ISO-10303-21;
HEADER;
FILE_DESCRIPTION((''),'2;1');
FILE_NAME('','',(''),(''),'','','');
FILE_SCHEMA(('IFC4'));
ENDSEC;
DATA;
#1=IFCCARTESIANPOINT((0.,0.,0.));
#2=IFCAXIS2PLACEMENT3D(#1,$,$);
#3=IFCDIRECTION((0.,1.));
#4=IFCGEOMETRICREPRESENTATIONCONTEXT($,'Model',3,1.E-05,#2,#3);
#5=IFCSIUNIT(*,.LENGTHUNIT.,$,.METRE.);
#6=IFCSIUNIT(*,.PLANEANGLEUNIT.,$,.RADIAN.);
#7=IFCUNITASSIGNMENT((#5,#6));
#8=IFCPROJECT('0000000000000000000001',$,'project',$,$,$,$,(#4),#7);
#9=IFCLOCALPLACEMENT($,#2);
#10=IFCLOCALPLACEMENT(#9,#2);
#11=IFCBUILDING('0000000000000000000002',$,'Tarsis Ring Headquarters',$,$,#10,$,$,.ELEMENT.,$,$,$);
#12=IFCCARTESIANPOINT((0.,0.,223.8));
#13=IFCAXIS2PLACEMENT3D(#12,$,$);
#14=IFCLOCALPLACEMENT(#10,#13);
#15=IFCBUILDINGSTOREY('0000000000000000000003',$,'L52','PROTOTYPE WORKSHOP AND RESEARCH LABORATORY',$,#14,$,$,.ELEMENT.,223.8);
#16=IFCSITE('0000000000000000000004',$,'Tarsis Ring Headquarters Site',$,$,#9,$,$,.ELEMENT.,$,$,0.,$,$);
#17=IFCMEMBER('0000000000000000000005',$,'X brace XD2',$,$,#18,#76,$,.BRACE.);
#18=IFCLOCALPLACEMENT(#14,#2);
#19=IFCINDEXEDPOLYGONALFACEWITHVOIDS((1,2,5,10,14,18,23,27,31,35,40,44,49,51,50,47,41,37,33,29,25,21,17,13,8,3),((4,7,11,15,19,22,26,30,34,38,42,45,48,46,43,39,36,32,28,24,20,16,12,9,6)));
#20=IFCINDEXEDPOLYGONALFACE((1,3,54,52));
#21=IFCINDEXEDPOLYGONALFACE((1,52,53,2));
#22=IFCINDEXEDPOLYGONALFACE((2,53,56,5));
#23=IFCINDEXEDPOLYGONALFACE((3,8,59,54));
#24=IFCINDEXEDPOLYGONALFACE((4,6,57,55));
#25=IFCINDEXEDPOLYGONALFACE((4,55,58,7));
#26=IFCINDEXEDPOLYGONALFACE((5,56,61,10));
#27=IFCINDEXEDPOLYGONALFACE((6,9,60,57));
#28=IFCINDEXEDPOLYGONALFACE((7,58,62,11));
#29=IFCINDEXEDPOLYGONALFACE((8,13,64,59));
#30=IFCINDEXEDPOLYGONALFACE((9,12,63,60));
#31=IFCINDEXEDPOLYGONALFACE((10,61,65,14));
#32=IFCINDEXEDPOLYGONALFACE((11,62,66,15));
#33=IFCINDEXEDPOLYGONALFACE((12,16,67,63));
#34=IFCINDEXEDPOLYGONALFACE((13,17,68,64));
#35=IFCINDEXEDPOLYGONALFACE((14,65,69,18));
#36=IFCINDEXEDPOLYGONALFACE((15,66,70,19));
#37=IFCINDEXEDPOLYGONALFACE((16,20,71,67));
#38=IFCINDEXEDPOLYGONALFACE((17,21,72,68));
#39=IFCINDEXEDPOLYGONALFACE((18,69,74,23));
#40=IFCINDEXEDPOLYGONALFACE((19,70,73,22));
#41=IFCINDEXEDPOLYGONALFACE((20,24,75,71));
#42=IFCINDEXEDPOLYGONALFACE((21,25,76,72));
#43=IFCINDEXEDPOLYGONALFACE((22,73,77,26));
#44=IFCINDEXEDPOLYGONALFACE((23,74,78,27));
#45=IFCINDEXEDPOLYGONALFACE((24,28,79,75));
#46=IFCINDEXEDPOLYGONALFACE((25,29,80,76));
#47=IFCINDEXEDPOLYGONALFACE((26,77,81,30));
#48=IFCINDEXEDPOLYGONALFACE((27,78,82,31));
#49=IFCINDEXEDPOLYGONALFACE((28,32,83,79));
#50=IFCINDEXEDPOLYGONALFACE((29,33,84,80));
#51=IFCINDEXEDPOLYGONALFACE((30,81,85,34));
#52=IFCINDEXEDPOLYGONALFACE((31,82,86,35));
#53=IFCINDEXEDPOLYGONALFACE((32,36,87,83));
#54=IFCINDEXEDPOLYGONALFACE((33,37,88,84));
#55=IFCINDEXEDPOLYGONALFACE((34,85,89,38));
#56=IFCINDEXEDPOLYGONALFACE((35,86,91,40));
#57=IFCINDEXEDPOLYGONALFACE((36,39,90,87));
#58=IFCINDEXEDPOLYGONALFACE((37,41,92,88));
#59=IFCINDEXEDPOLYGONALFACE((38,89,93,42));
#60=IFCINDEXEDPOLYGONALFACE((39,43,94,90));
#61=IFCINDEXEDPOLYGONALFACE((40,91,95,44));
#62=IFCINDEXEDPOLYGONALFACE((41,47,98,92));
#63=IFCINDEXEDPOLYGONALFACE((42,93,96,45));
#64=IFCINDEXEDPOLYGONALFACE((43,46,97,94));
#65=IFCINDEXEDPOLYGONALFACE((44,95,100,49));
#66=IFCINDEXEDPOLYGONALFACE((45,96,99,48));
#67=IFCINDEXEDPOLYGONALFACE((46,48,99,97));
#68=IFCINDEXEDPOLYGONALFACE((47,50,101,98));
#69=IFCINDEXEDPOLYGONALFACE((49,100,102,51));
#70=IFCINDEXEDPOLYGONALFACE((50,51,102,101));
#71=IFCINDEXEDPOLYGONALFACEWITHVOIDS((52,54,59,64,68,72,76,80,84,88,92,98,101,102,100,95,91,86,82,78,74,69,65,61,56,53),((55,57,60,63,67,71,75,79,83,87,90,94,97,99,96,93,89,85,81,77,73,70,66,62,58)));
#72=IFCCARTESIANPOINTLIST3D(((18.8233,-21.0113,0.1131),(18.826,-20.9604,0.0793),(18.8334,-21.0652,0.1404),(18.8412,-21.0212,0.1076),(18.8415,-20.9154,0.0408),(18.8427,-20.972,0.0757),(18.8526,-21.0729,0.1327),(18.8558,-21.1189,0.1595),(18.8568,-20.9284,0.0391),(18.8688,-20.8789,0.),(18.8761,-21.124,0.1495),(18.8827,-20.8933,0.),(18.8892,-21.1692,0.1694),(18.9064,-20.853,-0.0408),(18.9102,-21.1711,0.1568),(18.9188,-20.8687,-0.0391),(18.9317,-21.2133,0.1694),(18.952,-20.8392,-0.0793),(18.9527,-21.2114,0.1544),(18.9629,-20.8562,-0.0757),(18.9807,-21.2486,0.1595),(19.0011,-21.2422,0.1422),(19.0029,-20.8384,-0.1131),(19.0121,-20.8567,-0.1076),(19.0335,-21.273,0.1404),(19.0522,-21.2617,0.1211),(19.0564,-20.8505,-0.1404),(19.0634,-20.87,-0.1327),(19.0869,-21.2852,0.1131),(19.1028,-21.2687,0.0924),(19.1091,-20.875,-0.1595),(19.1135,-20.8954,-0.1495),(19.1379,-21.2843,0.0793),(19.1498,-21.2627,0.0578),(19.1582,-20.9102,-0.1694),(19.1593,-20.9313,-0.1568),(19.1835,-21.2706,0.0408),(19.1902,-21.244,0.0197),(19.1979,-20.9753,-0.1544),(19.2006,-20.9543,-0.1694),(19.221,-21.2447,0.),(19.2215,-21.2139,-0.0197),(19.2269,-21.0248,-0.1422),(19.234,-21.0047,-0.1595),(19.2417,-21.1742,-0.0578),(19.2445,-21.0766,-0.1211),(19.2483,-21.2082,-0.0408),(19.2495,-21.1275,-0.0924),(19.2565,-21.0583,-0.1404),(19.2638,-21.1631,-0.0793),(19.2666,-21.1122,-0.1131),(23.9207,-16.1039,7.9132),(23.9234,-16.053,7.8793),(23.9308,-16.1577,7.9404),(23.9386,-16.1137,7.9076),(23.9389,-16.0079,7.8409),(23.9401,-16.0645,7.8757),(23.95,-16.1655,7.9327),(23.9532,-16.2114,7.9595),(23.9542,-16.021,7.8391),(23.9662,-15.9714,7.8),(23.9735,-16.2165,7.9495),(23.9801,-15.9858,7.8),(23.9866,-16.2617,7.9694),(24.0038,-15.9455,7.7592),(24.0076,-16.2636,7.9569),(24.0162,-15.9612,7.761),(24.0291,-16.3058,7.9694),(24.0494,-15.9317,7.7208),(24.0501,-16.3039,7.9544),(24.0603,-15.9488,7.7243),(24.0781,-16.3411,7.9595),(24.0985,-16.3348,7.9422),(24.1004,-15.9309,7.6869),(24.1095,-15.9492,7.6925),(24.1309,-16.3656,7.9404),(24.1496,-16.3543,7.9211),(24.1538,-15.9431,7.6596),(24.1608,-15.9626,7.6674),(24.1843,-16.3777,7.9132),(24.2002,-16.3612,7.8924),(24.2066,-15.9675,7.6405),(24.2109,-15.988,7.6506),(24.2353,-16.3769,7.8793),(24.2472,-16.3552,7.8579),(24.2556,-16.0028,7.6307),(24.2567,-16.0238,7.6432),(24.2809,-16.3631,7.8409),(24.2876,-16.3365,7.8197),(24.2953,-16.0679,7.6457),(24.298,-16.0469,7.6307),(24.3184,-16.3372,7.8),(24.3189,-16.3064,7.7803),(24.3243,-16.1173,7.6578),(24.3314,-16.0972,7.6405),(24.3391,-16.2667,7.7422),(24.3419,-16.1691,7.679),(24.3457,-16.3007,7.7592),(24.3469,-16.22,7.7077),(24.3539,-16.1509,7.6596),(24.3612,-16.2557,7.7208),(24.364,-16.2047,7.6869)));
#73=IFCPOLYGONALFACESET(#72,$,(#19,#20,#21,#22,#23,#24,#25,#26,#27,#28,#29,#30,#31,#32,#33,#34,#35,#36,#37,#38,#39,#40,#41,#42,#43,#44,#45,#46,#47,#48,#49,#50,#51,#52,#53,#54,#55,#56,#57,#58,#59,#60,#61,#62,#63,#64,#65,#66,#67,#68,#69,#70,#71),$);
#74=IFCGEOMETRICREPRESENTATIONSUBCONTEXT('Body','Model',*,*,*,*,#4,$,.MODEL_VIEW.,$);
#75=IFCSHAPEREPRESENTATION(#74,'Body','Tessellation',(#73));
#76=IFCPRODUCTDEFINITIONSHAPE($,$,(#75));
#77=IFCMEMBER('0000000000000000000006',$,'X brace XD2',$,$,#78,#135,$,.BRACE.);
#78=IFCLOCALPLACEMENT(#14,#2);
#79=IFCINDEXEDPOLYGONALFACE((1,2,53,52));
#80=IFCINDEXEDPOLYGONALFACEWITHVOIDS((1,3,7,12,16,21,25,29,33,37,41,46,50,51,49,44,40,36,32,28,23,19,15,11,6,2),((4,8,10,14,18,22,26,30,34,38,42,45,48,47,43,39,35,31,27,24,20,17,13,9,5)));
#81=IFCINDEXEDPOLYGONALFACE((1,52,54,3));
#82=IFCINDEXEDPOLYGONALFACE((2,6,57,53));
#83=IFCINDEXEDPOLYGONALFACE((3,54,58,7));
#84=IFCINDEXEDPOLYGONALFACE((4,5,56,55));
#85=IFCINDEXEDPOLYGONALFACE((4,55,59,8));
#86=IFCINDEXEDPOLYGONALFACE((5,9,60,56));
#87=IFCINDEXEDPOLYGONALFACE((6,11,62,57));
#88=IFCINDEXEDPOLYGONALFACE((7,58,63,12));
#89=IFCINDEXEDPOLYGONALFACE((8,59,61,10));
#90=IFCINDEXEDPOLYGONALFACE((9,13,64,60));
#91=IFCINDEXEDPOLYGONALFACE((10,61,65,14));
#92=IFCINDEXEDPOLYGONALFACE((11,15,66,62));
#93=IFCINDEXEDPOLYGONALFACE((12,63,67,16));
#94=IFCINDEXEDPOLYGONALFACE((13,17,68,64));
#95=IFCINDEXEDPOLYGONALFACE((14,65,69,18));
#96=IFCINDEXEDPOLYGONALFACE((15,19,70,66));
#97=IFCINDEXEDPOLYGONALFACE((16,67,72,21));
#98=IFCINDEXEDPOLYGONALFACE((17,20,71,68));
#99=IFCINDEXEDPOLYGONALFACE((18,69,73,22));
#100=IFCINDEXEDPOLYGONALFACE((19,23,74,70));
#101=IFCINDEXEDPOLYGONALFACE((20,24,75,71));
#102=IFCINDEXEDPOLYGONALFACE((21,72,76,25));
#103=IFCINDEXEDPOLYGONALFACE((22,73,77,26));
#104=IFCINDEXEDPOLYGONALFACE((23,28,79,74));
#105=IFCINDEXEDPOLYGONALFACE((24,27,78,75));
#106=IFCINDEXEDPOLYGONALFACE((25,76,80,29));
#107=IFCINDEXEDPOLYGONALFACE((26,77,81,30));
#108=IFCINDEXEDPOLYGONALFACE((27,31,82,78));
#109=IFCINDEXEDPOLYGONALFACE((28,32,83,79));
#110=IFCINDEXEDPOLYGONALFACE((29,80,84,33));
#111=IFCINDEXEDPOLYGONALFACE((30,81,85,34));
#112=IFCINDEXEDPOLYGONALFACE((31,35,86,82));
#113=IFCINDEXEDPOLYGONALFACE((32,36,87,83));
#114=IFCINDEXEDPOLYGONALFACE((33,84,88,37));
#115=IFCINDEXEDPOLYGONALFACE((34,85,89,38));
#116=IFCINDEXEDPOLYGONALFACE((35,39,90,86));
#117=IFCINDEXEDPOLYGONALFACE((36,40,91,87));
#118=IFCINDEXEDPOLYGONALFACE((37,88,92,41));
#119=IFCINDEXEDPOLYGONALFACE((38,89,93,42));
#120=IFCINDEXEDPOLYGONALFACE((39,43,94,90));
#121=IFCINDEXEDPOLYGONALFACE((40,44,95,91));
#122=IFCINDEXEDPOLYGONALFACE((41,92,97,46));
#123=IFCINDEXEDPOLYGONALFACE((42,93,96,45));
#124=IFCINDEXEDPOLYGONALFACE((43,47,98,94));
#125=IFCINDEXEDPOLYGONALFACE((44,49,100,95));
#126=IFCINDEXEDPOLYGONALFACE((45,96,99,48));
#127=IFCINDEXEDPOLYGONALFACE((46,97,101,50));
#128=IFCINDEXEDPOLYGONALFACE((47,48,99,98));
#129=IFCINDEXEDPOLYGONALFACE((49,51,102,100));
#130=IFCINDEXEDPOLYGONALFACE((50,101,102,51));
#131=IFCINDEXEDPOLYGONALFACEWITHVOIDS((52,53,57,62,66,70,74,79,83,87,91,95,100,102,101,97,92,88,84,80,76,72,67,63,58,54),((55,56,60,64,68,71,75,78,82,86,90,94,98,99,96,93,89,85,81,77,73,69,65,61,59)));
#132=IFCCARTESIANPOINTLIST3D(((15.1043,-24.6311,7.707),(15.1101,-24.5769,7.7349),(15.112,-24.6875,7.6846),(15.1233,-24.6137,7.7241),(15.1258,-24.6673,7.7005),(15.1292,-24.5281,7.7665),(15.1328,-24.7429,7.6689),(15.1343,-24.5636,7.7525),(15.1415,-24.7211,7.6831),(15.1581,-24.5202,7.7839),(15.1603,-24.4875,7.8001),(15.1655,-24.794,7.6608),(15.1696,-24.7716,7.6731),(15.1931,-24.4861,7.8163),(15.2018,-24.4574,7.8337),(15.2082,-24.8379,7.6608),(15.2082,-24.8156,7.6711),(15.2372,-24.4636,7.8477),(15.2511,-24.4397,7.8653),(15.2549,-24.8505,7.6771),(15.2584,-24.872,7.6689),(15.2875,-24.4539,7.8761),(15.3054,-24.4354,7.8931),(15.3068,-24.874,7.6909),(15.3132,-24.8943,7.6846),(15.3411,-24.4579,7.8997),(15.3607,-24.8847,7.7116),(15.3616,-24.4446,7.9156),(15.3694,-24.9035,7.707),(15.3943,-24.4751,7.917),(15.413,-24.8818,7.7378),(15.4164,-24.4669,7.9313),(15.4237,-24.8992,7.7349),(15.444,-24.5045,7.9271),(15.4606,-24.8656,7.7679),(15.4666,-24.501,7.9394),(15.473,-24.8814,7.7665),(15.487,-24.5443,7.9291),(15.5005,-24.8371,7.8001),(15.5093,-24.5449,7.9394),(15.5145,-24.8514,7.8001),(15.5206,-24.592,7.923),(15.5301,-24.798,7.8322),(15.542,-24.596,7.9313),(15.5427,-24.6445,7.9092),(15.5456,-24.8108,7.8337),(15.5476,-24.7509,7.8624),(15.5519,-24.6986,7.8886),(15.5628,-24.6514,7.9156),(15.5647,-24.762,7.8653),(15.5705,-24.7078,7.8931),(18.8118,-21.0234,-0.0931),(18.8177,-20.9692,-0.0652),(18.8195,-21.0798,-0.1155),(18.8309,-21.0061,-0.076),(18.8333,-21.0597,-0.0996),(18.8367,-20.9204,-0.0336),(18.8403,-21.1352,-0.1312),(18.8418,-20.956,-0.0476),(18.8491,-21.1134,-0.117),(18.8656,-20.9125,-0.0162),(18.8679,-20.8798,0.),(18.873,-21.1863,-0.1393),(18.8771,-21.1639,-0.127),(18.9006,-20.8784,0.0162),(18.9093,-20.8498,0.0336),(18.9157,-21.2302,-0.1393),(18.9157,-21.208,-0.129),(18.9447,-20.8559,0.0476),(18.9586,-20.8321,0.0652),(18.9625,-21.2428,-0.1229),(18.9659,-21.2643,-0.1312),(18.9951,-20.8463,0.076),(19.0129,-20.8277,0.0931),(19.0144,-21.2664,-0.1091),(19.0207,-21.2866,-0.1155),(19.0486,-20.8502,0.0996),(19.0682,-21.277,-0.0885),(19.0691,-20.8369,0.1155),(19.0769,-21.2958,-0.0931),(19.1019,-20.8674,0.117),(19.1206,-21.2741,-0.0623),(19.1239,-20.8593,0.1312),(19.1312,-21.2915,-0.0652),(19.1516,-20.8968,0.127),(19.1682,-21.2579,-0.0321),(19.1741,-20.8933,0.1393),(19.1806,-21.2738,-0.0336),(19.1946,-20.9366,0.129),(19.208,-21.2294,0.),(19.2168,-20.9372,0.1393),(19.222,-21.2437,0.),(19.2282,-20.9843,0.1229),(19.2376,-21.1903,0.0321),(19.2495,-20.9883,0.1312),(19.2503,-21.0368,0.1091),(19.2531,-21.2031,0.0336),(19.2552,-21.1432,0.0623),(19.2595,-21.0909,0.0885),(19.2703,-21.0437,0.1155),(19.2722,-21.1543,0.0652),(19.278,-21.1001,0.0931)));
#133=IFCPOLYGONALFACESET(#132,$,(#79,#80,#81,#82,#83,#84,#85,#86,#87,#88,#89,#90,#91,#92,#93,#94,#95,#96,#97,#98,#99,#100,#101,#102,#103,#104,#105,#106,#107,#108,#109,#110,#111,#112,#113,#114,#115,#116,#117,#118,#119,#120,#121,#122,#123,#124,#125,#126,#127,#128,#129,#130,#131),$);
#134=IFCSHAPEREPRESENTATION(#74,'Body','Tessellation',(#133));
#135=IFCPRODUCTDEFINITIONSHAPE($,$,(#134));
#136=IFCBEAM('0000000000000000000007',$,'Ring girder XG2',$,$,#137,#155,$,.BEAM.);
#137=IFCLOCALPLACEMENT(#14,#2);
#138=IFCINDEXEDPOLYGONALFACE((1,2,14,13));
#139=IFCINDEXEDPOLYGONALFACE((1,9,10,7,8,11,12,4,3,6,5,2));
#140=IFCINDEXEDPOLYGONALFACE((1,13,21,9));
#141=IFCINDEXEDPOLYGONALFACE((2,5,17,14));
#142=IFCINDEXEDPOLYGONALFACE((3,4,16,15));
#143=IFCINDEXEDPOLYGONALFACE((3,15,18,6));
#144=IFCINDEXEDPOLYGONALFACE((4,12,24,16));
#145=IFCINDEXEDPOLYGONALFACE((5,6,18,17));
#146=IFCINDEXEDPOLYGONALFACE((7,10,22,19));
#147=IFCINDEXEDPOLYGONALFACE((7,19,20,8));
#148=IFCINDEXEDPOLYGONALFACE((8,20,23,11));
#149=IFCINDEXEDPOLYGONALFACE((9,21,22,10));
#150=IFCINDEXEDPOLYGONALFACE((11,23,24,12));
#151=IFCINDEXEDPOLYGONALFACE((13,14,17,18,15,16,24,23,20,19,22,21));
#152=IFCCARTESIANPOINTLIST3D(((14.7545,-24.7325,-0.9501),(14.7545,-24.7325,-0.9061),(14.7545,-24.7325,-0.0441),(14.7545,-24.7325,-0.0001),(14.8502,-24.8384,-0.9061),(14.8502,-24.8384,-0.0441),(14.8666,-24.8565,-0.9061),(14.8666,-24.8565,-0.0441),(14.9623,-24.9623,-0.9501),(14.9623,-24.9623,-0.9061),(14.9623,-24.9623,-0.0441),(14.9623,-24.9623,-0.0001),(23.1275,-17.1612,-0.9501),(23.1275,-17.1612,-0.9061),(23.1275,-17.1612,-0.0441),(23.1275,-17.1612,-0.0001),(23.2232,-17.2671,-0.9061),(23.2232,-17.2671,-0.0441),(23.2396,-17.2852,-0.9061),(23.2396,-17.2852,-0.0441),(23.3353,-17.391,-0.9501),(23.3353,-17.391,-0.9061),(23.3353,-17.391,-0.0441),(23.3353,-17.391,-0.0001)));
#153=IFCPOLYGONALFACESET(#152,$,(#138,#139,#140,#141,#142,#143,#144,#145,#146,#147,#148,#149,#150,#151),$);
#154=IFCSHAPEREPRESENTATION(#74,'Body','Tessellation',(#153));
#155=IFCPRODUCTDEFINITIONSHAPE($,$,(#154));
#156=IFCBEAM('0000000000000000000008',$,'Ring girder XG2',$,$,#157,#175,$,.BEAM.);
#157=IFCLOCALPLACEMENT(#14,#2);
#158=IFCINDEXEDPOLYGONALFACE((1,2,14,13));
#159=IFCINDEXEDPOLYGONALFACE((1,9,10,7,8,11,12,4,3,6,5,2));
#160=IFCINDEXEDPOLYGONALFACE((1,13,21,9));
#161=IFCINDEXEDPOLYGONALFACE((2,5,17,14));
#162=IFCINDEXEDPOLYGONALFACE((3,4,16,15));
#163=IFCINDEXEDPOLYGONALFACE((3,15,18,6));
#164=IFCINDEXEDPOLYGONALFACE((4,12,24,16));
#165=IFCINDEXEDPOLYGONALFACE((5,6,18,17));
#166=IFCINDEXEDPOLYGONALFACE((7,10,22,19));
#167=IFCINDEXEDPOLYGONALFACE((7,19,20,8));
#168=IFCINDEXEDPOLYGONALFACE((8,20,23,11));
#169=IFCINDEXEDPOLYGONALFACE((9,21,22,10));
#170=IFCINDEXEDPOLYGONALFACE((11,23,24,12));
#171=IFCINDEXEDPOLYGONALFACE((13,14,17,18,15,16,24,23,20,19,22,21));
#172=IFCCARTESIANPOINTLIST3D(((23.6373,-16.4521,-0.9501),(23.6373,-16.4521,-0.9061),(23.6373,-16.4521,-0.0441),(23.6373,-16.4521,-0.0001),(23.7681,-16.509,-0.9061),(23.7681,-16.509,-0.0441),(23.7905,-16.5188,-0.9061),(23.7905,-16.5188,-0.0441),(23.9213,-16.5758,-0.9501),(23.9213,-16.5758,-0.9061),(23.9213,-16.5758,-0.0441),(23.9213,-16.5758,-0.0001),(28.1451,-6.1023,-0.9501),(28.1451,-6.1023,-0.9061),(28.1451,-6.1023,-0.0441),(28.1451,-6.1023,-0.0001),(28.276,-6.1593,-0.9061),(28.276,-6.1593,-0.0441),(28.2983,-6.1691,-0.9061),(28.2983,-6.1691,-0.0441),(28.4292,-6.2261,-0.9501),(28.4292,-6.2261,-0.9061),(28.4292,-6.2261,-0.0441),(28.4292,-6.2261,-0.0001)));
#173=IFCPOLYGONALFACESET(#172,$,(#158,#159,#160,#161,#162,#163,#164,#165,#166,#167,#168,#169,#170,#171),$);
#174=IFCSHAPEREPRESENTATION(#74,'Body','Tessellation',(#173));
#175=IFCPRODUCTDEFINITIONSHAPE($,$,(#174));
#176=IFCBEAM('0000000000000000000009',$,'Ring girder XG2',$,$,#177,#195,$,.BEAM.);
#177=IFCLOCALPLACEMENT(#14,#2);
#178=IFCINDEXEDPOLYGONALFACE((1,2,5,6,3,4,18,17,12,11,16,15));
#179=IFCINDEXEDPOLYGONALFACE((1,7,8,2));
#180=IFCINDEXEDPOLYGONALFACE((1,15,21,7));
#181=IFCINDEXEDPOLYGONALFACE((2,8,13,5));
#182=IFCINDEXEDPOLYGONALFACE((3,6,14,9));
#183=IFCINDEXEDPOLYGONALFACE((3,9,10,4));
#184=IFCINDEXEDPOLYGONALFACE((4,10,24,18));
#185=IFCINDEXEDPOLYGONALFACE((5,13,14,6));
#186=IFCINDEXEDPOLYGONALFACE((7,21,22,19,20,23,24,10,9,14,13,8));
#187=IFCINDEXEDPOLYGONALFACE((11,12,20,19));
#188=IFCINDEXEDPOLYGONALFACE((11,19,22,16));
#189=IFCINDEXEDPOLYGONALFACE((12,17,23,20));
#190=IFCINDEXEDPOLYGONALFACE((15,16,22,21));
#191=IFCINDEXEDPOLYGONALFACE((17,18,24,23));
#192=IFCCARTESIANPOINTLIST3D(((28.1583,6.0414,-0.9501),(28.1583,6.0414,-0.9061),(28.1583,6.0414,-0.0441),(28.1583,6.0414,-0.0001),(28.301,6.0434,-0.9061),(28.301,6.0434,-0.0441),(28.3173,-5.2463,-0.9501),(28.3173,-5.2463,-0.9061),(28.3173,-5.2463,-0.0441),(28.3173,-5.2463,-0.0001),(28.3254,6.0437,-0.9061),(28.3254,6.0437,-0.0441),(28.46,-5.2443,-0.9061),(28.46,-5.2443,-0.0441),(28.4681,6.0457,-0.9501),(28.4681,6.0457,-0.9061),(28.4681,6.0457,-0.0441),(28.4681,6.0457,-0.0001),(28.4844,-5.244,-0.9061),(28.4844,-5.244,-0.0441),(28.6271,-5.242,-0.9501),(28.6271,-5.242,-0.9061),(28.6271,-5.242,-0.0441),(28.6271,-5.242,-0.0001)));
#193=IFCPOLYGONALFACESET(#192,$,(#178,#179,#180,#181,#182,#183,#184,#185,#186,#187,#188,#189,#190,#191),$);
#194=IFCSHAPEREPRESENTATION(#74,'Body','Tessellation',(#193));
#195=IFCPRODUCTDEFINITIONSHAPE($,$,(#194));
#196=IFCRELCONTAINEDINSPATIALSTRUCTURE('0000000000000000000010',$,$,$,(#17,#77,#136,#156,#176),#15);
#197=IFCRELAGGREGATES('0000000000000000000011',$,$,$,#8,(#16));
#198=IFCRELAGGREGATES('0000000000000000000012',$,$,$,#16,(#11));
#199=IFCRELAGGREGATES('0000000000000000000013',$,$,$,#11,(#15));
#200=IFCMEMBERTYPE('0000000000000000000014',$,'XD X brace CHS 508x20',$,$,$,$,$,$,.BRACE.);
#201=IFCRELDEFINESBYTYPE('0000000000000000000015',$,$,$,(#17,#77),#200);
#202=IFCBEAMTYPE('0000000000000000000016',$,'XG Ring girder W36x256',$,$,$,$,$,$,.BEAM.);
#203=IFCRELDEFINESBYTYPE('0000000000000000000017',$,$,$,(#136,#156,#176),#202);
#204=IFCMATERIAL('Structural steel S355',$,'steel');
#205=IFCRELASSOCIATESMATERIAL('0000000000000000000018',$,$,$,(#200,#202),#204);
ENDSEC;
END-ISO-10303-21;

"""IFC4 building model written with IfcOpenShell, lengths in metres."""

from ifc_helpers import new_model, si_unit, direction, frame, origin, origin_2d, place, context, subcontext, project, spatial, hollow_circle, i_section, extrude, material, material_profile, profile_set, type_object, element, save


model = new_model("IFC4")

# Units and contexts
model_context = context("Model", 3, precision=1e-05, world=origin(), true_north=direction((0.0, 1.0)))
body_context = subcontext(model_context, "Body", "Model", "MODEL_VIEW")
ifc_project = project(units=[si_unit("LENGTHUNIT", "METRE"), si_unit("PLANEANGLEUNIT", "RADIAN")], contexts=[model_context])

# Site, building, storey
site_placement = place(None, origin())
site = spatial("IfcSite", under=ifc_project, at=site_placement, Name="Tarsis Ring Headquarters Site", CompositionType="ELEMENT", RefElevation=0.0)
building_placement = place(site_placement, origin())
building = spatial("IfcBuilding", under=site, at=building_placement, Name="Tarsis Ring Headquarters", CompositionType="ELEMENT")
storey_placement = place(building_placement, frame((0.0, 0.0, 223.8)))
storey = spatial("IfcBuildingStorey", under=building, at=storey_placement, Name="L52", Description="PROTOTYPE WORKSHOP AND RESEARCH LABORATORY", CompositionType="ELEMENT", Elevation=223.8)

# Shared definitions
ifc_material_1 = material(Name="Structural steel S355", Category="steel")

# Members
ifc_material_profile_1 = material_profile(ifc_material_1, hollow_circle(Radius=0.2539, WallThickness=0.02, at=origin_2d()), Name="CHS 508x20")
ifc_profile_set_1 = profile_set([ifc_material_profile_1], Name="Structural steel S355")
member_type = type_object("IfcMemberType", Name="XD X brace CHS 508x20", PredefinedType="BRACE", material=ifc_profile_set_1)
member_1_placement = place(storey_placement, frame((19.0449, -21.0618, 0.0), z_axis=(0.484026, 0.46599, 0.740656), x_axis=(-0.693557, 0.720401, 0.0)))
element("IfcMember", 1, at=member_1_placement, inside=storey, type_object=member_type, Name="X brace XD2", PredefinedType="BRACE", context=body_context, shape_type="SweptSolid", body=[
    extrude(hollow_circle(Radius=0.2539, WallThickness=0.02, at=origin_2d()), origin(), (0.0, 0.0, 1.0), 10.5312),
])
member_2_placement = place(storey_placement, frame((19.0449, -21.0618, 0.0), z_axis=(-0.39612, -0.385452, 0.833376), x_axis=(0.69739, -0.716692, 0.0)))
element("IfcMember", 2, at=member_2_placement, inside=storey, type_object=member_type, Name="X brace XD2", PredefinedType="BRACE", context=body_context, shape_type="SweptSolid", body=[
    extrude(hollow_circle(Radius=0.2539, WallThickness=0.02, at=origin_2d()), origin(), (0.0, 0.0, 1.0), 9.3596),
])

# Beams
ifc_material_profile_2 = material_profile(ifc_material_1, i_section(OverallWidth=0.3098, OverallDepth=0.95, WebThickness=0.0244, FlangeThickness=0.0439, at=origin_2d()), Name="W36x256")
ifc_profile_set_2 = profile_set([ifc_material_profile_2], Name="Structural steel S355")
beam_type = type_object("IfcBeamType", Name="XG Ring girder W36x256", PredefinedType="BEAM", material=ifc_profile_set_2)
beam_placement = place(storey_placement, frame((14.8584, -24.8474, -0.4751), z_axis=(0.741726, 0.670703, 0.0), x_axis=(-0.670703, 0.741726, 0.0)))
element("IfcBeam", 3, at=beam_placement, inside=storey, type_object=beam_type, Name="Ring girder XG2", PredefinedType="BEAM", context=body_context, shape_type="SweptSolid", body=[
    extrude(i_section(OverallWidth=0.3098, OverallDepth=0.95, WebThickness=0.0244, FlangeThickness=0.0439, at=origin_2d()), origin(), (0.0, 0.0, 1.0), 11.2886),
])
for number, where, z_axis, x_axis, name in (
    (4, (23.7793, -16.5139, -0.4751), (0.399321, 0.916811, 0.0), (-0.916811, 0.399321, 0.0), "Ring girder XG2"),
    (5, (28.4722, -5.2441, -0.4751), (-0.014079, 0.999901, 0.0), (-0.999901, -0.014079, 0.0), "Ring girder XG2"),
):
    element("IfcBeam", number, at=place(storey_placement, frame(where, z_axis=z_axis, x_axis=x_axis)), inside=storey, type_object=beam_type, Name=name, PredefinedType="BEAM", context=body_context, shape_type="SweptSolid", body=[
        extrude(i_section(OverallWidth=0.3098, OverallDepth=0.95, WebThickness=0.0244, FlangeThickness=0.0439, at=origin_2d()), origin(), (0.0, 0.0, 1.0), 11.2888),
    ])

save(model, "model.ifc")
